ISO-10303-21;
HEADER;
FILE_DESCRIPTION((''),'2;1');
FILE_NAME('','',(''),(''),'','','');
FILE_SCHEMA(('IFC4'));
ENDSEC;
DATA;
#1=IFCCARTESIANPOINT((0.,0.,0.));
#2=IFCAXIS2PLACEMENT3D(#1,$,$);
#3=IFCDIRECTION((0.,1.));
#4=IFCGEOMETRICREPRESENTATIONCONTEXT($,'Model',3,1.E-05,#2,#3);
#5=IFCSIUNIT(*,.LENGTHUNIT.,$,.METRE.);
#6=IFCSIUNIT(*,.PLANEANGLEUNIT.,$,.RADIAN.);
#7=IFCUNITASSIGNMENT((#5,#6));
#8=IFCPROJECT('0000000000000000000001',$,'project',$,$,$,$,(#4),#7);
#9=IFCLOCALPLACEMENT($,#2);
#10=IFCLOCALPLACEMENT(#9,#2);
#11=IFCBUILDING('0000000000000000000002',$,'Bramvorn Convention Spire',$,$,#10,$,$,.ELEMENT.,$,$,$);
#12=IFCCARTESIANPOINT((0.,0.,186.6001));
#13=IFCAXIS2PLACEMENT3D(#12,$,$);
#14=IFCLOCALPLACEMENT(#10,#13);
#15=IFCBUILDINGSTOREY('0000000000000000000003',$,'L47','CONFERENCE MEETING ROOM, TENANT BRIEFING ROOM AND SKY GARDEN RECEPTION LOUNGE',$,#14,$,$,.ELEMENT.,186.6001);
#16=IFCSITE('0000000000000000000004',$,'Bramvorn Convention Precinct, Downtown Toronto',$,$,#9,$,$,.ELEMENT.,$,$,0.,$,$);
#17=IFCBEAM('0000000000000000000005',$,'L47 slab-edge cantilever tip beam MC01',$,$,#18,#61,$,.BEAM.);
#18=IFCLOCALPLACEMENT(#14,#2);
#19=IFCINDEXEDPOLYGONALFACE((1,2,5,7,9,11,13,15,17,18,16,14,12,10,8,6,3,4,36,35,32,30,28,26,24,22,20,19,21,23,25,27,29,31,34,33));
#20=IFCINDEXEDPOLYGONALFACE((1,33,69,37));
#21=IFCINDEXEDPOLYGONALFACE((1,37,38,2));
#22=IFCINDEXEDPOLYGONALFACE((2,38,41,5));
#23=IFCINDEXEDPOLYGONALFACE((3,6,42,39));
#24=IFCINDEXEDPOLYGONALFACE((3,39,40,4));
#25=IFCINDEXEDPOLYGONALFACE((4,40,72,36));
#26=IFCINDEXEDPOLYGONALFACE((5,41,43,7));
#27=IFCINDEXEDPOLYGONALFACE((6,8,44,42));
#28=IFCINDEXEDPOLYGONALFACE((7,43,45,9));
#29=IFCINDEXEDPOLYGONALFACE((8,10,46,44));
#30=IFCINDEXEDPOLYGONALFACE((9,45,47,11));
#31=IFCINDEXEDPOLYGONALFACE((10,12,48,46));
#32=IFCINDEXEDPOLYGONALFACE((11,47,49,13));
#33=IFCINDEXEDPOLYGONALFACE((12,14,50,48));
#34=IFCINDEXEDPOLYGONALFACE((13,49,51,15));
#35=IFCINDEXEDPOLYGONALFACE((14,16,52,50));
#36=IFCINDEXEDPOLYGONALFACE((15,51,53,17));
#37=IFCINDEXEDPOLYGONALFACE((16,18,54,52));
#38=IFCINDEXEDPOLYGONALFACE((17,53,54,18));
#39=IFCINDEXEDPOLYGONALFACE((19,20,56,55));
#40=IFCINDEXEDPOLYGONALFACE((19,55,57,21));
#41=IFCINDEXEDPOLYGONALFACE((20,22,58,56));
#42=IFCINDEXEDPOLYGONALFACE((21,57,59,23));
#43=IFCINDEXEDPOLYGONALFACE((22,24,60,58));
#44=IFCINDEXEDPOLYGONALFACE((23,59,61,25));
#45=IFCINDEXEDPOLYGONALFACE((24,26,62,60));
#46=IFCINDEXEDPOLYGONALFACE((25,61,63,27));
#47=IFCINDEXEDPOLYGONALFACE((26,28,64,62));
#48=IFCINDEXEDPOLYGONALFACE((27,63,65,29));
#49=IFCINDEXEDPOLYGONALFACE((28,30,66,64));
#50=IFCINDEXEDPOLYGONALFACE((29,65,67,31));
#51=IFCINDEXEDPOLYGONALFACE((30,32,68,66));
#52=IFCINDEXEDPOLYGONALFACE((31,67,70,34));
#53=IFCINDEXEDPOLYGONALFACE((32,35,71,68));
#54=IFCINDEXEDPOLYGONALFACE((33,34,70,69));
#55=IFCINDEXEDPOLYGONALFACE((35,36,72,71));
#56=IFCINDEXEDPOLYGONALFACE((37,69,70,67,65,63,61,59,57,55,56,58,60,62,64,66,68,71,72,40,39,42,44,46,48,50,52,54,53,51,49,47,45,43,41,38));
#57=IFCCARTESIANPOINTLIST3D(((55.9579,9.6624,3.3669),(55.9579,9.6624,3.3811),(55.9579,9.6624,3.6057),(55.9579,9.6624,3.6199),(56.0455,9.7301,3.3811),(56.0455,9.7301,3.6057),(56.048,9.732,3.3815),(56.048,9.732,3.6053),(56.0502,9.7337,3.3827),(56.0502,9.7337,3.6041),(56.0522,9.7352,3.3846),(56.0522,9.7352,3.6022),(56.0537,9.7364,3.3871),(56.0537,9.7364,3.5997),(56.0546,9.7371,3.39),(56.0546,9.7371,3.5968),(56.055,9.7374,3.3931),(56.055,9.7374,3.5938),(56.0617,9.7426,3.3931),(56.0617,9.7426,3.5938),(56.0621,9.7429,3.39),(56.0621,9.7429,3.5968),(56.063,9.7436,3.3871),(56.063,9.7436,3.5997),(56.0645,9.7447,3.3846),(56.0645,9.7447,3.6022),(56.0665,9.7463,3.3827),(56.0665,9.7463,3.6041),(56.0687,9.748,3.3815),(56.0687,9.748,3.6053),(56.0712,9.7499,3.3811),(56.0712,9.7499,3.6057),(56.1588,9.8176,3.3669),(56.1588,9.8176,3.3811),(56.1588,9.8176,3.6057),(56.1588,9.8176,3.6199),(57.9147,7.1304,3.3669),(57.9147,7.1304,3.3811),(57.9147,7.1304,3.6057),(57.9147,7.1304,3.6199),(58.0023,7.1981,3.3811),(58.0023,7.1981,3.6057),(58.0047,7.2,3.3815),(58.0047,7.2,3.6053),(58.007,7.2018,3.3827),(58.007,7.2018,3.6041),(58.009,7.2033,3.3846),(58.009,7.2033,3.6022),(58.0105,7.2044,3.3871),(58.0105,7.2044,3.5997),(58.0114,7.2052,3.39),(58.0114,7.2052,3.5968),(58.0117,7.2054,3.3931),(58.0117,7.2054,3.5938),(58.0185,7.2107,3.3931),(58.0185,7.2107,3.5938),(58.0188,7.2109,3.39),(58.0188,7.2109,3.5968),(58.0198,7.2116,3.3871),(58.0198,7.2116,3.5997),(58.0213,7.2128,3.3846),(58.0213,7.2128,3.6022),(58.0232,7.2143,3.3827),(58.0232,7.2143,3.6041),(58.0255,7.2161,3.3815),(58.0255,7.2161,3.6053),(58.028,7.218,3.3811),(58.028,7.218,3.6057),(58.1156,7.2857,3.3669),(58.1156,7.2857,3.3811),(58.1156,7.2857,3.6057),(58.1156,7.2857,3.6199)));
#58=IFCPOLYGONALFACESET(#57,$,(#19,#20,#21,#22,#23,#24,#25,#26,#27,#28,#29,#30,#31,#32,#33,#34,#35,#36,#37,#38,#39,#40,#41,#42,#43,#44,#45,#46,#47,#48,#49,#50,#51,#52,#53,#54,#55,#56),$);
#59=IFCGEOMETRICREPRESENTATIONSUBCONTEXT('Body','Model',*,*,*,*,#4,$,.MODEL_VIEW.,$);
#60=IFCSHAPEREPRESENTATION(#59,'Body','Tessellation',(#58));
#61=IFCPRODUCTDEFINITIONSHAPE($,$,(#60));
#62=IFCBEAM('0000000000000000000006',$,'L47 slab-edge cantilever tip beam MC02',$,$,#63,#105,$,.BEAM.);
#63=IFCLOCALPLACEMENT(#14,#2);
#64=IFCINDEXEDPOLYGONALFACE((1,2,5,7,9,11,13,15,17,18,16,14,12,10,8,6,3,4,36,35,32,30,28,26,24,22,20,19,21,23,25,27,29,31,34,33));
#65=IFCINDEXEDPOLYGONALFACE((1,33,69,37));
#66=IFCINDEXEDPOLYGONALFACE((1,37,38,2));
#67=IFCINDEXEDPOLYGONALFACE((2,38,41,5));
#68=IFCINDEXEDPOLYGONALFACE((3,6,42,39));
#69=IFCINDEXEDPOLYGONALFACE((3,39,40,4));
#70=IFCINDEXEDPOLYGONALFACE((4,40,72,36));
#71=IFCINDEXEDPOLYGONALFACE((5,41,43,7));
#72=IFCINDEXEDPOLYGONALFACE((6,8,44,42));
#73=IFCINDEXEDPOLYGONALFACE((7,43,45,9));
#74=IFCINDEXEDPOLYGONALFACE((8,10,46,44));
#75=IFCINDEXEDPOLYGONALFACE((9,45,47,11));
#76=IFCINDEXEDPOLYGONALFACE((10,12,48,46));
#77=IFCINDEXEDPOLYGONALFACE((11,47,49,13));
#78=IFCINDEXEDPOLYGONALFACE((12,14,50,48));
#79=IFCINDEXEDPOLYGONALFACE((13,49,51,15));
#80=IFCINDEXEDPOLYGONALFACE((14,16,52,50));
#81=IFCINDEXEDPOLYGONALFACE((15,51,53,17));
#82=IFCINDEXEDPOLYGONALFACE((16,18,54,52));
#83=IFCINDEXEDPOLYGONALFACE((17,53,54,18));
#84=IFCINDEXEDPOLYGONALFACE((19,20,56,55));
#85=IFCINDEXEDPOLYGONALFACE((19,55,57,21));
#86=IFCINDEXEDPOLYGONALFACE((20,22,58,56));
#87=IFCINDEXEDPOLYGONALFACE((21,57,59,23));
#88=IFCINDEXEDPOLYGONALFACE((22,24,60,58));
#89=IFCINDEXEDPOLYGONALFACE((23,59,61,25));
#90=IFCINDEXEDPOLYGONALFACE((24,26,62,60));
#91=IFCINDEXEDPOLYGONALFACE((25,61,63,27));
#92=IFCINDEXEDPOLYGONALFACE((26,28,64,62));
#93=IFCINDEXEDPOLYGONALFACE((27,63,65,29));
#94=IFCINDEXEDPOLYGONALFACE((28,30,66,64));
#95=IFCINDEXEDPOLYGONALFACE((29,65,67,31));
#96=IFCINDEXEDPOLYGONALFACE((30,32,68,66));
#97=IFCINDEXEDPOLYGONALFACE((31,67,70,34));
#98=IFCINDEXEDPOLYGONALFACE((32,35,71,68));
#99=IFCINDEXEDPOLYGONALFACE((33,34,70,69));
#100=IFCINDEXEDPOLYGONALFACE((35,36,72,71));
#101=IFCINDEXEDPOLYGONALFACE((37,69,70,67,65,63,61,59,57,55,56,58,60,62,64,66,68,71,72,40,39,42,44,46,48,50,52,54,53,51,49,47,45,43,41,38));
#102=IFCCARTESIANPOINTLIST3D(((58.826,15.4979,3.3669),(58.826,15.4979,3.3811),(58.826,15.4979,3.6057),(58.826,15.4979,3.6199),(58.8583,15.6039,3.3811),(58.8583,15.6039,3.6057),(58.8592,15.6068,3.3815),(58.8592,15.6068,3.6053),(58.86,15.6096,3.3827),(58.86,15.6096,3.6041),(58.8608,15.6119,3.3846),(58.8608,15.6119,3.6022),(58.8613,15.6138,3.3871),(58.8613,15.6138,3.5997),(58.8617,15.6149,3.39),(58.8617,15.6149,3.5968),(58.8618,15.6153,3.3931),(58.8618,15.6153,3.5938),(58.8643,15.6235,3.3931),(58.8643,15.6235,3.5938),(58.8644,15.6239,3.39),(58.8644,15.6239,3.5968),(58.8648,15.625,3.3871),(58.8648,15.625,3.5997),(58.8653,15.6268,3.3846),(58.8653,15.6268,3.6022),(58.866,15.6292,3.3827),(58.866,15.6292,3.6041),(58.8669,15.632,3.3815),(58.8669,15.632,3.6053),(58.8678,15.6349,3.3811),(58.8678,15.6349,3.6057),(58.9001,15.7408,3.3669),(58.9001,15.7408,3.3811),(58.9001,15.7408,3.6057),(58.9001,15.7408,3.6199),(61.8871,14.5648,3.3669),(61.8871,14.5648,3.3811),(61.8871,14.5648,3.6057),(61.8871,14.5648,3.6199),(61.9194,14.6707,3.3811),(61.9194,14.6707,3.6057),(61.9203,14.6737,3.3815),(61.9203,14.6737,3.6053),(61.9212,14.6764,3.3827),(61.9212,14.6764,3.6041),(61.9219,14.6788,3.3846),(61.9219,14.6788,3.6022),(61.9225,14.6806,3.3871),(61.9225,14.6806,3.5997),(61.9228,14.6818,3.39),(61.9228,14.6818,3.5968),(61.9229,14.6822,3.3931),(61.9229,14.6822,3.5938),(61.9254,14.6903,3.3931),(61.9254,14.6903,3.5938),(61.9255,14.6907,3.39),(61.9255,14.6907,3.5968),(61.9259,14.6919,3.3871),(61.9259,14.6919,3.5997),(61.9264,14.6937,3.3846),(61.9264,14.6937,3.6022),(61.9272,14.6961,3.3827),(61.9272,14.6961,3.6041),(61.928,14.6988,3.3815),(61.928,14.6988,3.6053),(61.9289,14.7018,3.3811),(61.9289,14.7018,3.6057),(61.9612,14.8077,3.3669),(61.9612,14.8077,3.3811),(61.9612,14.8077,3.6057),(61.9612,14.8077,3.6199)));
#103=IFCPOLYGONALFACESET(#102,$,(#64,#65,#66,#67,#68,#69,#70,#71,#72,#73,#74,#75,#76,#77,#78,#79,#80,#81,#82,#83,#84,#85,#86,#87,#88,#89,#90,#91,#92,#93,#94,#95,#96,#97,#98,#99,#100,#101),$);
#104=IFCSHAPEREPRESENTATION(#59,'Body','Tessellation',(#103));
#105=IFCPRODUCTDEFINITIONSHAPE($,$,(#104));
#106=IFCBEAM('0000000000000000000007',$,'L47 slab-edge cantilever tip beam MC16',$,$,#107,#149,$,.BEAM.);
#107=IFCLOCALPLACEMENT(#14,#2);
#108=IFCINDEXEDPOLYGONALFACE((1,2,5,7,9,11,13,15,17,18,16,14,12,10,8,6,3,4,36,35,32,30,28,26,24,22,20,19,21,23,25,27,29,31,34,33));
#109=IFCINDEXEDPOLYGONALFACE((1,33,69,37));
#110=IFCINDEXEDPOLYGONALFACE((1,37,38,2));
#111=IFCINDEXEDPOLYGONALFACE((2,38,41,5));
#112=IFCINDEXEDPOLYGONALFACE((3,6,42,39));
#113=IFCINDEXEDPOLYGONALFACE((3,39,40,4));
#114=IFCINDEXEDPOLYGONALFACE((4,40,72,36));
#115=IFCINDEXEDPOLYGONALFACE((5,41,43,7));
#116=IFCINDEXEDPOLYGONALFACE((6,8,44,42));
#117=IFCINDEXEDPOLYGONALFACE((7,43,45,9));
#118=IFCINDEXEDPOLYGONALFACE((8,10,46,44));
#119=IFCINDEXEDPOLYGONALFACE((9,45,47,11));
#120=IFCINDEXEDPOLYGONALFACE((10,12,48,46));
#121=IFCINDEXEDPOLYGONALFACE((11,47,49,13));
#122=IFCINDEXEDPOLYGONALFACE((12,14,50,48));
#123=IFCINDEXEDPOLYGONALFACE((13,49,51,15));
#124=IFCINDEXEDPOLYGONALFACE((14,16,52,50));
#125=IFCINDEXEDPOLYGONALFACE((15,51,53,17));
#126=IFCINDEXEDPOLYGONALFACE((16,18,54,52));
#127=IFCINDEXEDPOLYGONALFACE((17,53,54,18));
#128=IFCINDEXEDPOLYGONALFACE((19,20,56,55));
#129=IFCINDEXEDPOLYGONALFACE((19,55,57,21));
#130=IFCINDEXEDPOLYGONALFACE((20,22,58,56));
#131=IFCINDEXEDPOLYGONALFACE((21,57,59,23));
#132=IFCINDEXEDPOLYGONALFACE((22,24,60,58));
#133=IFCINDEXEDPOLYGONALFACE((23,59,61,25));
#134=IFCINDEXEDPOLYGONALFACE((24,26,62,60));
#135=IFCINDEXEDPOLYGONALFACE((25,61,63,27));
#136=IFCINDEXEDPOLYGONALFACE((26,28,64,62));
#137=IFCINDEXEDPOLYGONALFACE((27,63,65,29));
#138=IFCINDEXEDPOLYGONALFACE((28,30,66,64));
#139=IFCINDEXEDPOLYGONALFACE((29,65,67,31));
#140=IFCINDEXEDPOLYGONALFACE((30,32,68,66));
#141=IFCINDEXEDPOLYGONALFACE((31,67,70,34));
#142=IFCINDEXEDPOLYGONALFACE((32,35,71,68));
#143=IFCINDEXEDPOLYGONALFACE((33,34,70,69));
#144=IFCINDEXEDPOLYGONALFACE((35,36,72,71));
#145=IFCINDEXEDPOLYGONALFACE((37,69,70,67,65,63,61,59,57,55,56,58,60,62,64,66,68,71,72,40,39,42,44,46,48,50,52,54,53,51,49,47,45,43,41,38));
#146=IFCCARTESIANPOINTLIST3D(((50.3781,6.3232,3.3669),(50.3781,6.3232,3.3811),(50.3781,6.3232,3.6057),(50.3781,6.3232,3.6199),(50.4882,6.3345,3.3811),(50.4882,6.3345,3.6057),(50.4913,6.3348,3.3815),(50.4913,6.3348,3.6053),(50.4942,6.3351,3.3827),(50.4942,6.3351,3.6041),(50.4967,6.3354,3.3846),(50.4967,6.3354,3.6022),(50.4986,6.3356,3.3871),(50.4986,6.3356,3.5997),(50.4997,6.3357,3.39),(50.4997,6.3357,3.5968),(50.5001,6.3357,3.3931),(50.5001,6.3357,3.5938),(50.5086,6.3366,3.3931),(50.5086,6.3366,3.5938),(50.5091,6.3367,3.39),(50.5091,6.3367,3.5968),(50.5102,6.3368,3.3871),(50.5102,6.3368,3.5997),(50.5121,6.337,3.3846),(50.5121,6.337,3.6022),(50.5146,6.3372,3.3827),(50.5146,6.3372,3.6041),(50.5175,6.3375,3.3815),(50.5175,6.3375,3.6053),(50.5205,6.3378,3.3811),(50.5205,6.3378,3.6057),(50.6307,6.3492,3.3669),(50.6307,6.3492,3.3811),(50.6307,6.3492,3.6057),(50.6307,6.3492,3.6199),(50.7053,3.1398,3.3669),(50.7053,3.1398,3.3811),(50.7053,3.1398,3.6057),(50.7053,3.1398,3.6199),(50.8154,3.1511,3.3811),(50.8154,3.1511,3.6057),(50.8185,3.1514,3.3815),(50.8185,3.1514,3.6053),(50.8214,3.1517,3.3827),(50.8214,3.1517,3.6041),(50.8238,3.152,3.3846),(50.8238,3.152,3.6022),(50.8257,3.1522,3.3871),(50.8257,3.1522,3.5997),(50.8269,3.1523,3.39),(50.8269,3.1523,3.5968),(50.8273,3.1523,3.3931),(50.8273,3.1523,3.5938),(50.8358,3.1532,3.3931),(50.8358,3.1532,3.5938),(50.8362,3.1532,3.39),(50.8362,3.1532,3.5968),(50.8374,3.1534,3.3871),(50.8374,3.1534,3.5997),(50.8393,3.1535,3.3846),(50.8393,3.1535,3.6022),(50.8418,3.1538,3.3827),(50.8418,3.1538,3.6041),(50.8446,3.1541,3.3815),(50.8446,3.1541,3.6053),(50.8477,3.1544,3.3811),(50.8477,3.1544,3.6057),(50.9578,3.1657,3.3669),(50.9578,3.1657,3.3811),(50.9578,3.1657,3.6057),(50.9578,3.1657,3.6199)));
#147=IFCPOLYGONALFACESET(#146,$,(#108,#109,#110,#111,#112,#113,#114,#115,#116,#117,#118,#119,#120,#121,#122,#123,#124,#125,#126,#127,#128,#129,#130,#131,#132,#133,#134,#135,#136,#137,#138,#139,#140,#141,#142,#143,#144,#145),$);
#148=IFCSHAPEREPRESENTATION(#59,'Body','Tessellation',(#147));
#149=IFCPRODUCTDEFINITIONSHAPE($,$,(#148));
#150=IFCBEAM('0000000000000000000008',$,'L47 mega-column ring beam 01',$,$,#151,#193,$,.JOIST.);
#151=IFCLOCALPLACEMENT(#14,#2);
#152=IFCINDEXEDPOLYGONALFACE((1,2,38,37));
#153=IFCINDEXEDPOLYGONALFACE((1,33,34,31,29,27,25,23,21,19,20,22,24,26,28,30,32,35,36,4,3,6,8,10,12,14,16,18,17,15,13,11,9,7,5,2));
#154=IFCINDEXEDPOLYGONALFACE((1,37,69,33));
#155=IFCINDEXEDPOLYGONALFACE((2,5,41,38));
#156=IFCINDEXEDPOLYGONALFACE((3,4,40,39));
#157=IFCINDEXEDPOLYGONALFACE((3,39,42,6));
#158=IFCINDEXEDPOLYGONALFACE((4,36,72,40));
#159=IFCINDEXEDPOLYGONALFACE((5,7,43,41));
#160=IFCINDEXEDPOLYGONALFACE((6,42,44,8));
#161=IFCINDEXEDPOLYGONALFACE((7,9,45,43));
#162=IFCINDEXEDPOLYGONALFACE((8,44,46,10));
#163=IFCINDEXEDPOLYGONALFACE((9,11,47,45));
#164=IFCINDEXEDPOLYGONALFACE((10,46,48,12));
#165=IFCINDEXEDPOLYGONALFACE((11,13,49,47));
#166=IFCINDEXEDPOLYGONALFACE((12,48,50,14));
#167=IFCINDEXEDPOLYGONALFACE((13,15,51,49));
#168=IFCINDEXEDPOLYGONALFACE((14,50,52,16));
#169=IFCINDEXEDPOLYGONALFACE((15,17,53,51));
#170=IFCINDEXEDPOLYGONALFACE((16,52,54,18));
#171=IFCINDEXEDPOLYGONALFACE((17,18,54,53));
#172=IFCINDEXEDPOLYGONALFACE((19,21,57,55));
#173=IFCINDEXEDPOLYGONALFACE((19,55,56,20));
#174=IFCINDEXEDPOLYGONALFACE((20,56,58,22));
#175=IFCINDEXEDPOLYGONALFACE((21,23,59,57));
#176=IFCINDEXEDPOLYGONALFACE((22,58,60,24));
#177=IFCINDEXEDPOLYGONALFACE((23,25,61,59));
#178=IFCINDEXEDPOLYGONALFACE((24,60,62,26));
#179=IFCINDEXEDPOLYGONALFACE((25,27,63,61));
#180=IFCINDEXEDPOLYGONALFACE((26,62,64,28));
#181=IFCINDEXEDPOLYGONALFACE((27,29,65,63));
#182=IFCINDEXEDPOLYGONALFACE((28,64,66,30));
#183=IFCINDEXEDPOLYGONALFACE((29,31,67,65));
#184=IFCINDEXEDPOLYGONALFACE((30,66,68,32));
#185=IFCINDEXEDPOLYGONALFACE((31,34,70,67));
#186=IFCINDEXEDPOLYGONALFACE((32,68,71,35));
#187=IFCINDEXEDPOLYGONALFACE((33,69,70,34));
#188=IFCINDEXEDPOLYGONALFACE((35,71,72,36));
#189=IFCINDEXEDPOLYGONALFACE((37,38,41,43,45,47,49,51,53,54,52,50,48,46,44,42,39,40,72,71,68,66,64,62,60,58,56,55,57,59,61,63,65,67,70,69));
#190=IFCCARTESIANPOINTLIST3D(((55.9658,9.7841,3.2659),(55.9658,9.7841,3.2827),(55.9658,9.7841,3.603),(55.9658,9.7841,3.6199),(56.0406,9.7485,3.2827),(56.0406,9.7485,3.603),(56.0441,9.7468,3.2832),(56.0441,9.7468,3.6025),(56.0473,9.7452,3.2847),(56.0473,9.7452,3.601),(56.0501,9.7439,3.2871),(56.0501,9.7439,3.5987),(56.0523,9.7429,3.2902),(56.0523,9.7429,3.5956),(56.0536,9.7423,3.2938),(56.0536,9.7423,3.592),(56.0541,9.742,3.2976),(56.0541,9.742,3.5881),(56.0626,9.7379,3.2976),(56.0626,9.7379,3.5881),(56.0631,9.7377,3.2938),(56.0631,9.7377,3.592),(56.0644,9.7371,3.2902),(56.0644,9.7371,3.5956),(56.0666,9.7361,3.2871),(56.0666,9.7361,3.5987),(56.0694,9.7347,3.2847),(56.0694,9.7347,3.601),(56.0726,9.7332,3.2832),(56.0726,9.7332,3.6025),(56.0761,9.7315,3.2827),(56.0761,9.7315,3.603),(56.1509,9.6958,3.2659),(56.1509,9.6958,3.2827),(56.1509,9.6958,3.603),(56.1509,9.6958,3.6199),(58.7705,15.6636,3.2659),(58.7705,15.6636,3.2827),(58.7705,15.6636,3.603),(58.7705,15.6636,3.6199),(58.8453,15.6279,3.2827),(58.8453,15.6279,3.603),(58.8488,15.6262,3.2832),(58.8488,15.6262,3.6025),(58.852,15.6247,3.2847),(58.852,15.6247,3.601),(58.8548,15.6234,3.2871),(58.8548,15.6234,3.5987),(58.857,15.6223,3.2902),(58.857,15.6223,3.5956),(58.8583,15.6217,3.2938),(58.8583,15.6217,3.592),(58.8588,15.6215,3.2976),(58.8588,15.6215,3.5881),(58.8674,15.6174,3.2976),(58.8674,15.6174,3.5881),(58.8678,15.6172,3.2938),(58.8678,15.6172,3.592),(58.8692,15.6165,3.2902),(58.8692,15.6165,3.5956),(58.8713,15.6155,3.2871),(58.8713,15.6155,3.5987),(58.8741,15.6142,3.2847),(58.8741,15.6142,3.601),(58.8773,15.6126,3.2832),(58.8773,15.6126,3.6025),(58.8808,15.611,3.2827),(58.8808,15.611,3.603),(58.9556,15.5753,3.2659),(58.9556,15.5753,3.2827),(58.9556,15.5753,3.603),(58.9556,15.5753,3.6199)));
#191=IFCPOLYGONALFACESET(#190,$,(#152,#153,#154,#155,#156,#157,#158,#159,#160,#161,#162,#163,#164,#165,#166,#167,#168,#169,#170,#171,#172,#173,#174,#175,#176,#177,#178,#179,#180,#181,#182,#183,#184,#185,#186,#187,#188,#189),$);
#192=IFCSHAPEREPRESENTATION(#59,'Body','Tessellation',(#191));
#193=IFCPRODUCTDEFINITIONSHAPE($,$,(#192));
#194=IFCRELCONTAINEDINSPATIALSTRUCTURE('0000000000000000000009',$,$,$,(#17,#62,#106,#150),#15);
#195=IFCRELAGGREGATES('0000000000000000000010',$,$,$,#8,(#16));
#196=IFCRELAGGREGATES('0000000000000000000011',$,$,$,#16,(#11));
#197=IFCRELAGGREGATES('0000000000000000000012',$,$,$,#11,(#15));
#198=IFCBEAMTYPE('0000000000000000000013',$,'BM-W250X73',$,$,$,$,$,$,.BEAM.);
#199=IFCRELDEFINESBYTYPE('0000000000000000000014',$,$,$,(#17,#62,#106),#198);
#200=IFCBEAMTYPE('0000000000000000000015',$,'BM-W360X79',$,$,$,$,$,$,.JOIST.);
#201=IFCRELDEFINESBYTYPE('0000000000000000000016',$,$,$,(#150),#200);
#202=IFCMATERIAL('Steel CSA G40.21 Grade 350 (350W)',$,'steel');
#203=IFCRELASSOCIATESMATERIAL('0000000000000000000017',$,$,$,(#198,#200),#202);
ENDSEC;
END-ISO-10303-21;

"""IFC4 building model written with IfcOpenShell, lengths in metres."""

from ifc_helpers import new_model, si_unit, direction, frame, origin, origin_2d, place, context, subcontext, project, spatial, i_section, extrude, material, material_profile, profile_set, type_object, element, save


model = new_model("IFC4")

# Units and contexts
model_context = context("Model", 3, precision=1e-05, world=origin(), true_north=direction((0.0, 1.0)))
body_context = subcontext(model_context, "Body", "Model", "MODEL_VIEW")
ifc_project = project(units=[si_unit("LENGTHUNIT", "METRE"), si_unit("PLANEANGLEUNIT", "RADIAN")], contexts=[model_context])

# Site, building, storey
site_placement = place(None, origin())
site = spatial("IfcSite", under=ifc_project, at=site_placement, Name="Bramvorn Convention Precinct, Downtown Toronto", CompositionType="ELEMENT", RefElevation=0.0)
building_placement = place(site_placement, origin())
building = spatial("IfcBuilding", under=site, at=building_placement, Name="Bramvorn Convention Spire", CompositionType="ELEMENT")
storey_placement = place(building_placement, frame((0.0, 0.0, 186.6001)))
storey = spatial("IfcBuildingStorey", under=building, at=storey_placement, Name="L47", Description="CONFERENCE MEETING ROOM, TENANT BRIEFING ROOM AND SKY GARDEN RECEPTION LOUNGE", CompositionType="ELEMENT", Elevation=186.6001)

# Shared definitions
ifc_material_1 = material(Name="Steel CSA G40.21 Grade 350 (350W)", Category="steel")

# Beams
ifc_material_profile_1 = material_profile(ifc_material_1, i_section(OverallWidth=0.2539, OverallDepth=0.2529, WebThickness=0.0085, FlangeThickness=0.0142, FilletRadius=0.012, at=origin_2d()))
ifc_profile_set_1 = profile_set([ifc_material_profile_1], Name="Steel CSA G40.21 Grade 350 (350W) - W250X73")
beam_type_1 = type_object("IfcBeamType", Name="BM-W250X73", PredefinedType="BEAM", material=ifc_profile_set_1)
beam_1_placement = place(storey_placement, frame((56.0583, 9.74, 3.4934), z_axis=(0.611497, -0.791246, 0.0), x_axis=(0.791246, 0.611497, 0.0)))
element("IfcBeam", 1, at=beam_1_placement, inside=storey, type_object=beam_type_1, Name="L47 slab-edge cantilever tip beam MC01", PredefinedType="BEAM", context=body_context, shape_type="SweptSolid", body=[
    extrude(i_section(OverallWidth=0.2539, OverallDepth=0.2529, WebThickness=0.0085, FlangeThickness=0.0142, FilletRadius=0.012, at=origin_2d()), origin(), (0.0, 0.0, 1.0), 3.2),
])
for number, where, z_axis, x_axis, name in (
    (2, (58.863, 15.6194, 3.4934), (0.956544, -0.291587, 0.0), (0.291587, 0.956544, 0.0), "L47 slab-edge cantilever tip beam MC02"),
    (3, (50.5044, 6.3362, 3.4934), (0.10223, -0.994761, 0.0), (0.994761, 0.10223, 0.0), "L47 slab-edge cantilever tip beam MC16"),
):
    element("IfcBeam", number, at=place(storey_placement, frame(where, z_axis=z_axis, x_axis=x_axis)), inside=storey, type_object=beam_type_1, Name=name, PredefinedType="BEAM", context=body_context, shape_type="SweptSolid", body=[
        extrude(i_section(OverallWidth=0.2539, OverallDepth=0.2529, WebThickness=0.0085, FlangeThickness=0.0142, FilletRadius=0.012, at=origin_2d()), origin(), (0.0, 0.0, 1.0), 3.2002),
    ])
ifc_material_profile_2 = material_profile(ifc_material_1, i_section(OverallWidth=0.2051, OverallDepth=0.354, WebThickness=0.0095, FlangeThickness=0.0168, FilletRadius=0.0149, at=origin_2d()))
ifc_profile_set_2 = profile_set([ifc_material_profile_2], Name="Steel CSA G40.21 Grade 350 (350W) - W360X79")
beam_type_2 = type_object("IfcBeamType", Name="BM-W360X79", PredefinedType="JOIST", material=ifc_profile_set_2)
beam_2_placement = place(storey_placement, frame((56.0583, 9.74, 3.4429), z_axis=(0.430556, 0.902564, 0.0), x_axis=(-0.902564, 0.430556, 0.0)))
element("IfcBeam", 4, at=beam_2_placement, inside=storey, type_object=beam_type_2, Name="L47 mega-column ring beam 01", PredefinedType="JOIST", context=body_context, shape_type="SweptSolid", body=[
    extrude(i_section(OverallWidth=0.2051, OverallDepth=0.354, WebThickness=0.0095, FlangeThickness=0.0168, FilletRadius=0.0149, at=origin_2d()), origin(), (0.0, 0.0, 1.0), 6.5142),
])

save(model, "model.ifc")
